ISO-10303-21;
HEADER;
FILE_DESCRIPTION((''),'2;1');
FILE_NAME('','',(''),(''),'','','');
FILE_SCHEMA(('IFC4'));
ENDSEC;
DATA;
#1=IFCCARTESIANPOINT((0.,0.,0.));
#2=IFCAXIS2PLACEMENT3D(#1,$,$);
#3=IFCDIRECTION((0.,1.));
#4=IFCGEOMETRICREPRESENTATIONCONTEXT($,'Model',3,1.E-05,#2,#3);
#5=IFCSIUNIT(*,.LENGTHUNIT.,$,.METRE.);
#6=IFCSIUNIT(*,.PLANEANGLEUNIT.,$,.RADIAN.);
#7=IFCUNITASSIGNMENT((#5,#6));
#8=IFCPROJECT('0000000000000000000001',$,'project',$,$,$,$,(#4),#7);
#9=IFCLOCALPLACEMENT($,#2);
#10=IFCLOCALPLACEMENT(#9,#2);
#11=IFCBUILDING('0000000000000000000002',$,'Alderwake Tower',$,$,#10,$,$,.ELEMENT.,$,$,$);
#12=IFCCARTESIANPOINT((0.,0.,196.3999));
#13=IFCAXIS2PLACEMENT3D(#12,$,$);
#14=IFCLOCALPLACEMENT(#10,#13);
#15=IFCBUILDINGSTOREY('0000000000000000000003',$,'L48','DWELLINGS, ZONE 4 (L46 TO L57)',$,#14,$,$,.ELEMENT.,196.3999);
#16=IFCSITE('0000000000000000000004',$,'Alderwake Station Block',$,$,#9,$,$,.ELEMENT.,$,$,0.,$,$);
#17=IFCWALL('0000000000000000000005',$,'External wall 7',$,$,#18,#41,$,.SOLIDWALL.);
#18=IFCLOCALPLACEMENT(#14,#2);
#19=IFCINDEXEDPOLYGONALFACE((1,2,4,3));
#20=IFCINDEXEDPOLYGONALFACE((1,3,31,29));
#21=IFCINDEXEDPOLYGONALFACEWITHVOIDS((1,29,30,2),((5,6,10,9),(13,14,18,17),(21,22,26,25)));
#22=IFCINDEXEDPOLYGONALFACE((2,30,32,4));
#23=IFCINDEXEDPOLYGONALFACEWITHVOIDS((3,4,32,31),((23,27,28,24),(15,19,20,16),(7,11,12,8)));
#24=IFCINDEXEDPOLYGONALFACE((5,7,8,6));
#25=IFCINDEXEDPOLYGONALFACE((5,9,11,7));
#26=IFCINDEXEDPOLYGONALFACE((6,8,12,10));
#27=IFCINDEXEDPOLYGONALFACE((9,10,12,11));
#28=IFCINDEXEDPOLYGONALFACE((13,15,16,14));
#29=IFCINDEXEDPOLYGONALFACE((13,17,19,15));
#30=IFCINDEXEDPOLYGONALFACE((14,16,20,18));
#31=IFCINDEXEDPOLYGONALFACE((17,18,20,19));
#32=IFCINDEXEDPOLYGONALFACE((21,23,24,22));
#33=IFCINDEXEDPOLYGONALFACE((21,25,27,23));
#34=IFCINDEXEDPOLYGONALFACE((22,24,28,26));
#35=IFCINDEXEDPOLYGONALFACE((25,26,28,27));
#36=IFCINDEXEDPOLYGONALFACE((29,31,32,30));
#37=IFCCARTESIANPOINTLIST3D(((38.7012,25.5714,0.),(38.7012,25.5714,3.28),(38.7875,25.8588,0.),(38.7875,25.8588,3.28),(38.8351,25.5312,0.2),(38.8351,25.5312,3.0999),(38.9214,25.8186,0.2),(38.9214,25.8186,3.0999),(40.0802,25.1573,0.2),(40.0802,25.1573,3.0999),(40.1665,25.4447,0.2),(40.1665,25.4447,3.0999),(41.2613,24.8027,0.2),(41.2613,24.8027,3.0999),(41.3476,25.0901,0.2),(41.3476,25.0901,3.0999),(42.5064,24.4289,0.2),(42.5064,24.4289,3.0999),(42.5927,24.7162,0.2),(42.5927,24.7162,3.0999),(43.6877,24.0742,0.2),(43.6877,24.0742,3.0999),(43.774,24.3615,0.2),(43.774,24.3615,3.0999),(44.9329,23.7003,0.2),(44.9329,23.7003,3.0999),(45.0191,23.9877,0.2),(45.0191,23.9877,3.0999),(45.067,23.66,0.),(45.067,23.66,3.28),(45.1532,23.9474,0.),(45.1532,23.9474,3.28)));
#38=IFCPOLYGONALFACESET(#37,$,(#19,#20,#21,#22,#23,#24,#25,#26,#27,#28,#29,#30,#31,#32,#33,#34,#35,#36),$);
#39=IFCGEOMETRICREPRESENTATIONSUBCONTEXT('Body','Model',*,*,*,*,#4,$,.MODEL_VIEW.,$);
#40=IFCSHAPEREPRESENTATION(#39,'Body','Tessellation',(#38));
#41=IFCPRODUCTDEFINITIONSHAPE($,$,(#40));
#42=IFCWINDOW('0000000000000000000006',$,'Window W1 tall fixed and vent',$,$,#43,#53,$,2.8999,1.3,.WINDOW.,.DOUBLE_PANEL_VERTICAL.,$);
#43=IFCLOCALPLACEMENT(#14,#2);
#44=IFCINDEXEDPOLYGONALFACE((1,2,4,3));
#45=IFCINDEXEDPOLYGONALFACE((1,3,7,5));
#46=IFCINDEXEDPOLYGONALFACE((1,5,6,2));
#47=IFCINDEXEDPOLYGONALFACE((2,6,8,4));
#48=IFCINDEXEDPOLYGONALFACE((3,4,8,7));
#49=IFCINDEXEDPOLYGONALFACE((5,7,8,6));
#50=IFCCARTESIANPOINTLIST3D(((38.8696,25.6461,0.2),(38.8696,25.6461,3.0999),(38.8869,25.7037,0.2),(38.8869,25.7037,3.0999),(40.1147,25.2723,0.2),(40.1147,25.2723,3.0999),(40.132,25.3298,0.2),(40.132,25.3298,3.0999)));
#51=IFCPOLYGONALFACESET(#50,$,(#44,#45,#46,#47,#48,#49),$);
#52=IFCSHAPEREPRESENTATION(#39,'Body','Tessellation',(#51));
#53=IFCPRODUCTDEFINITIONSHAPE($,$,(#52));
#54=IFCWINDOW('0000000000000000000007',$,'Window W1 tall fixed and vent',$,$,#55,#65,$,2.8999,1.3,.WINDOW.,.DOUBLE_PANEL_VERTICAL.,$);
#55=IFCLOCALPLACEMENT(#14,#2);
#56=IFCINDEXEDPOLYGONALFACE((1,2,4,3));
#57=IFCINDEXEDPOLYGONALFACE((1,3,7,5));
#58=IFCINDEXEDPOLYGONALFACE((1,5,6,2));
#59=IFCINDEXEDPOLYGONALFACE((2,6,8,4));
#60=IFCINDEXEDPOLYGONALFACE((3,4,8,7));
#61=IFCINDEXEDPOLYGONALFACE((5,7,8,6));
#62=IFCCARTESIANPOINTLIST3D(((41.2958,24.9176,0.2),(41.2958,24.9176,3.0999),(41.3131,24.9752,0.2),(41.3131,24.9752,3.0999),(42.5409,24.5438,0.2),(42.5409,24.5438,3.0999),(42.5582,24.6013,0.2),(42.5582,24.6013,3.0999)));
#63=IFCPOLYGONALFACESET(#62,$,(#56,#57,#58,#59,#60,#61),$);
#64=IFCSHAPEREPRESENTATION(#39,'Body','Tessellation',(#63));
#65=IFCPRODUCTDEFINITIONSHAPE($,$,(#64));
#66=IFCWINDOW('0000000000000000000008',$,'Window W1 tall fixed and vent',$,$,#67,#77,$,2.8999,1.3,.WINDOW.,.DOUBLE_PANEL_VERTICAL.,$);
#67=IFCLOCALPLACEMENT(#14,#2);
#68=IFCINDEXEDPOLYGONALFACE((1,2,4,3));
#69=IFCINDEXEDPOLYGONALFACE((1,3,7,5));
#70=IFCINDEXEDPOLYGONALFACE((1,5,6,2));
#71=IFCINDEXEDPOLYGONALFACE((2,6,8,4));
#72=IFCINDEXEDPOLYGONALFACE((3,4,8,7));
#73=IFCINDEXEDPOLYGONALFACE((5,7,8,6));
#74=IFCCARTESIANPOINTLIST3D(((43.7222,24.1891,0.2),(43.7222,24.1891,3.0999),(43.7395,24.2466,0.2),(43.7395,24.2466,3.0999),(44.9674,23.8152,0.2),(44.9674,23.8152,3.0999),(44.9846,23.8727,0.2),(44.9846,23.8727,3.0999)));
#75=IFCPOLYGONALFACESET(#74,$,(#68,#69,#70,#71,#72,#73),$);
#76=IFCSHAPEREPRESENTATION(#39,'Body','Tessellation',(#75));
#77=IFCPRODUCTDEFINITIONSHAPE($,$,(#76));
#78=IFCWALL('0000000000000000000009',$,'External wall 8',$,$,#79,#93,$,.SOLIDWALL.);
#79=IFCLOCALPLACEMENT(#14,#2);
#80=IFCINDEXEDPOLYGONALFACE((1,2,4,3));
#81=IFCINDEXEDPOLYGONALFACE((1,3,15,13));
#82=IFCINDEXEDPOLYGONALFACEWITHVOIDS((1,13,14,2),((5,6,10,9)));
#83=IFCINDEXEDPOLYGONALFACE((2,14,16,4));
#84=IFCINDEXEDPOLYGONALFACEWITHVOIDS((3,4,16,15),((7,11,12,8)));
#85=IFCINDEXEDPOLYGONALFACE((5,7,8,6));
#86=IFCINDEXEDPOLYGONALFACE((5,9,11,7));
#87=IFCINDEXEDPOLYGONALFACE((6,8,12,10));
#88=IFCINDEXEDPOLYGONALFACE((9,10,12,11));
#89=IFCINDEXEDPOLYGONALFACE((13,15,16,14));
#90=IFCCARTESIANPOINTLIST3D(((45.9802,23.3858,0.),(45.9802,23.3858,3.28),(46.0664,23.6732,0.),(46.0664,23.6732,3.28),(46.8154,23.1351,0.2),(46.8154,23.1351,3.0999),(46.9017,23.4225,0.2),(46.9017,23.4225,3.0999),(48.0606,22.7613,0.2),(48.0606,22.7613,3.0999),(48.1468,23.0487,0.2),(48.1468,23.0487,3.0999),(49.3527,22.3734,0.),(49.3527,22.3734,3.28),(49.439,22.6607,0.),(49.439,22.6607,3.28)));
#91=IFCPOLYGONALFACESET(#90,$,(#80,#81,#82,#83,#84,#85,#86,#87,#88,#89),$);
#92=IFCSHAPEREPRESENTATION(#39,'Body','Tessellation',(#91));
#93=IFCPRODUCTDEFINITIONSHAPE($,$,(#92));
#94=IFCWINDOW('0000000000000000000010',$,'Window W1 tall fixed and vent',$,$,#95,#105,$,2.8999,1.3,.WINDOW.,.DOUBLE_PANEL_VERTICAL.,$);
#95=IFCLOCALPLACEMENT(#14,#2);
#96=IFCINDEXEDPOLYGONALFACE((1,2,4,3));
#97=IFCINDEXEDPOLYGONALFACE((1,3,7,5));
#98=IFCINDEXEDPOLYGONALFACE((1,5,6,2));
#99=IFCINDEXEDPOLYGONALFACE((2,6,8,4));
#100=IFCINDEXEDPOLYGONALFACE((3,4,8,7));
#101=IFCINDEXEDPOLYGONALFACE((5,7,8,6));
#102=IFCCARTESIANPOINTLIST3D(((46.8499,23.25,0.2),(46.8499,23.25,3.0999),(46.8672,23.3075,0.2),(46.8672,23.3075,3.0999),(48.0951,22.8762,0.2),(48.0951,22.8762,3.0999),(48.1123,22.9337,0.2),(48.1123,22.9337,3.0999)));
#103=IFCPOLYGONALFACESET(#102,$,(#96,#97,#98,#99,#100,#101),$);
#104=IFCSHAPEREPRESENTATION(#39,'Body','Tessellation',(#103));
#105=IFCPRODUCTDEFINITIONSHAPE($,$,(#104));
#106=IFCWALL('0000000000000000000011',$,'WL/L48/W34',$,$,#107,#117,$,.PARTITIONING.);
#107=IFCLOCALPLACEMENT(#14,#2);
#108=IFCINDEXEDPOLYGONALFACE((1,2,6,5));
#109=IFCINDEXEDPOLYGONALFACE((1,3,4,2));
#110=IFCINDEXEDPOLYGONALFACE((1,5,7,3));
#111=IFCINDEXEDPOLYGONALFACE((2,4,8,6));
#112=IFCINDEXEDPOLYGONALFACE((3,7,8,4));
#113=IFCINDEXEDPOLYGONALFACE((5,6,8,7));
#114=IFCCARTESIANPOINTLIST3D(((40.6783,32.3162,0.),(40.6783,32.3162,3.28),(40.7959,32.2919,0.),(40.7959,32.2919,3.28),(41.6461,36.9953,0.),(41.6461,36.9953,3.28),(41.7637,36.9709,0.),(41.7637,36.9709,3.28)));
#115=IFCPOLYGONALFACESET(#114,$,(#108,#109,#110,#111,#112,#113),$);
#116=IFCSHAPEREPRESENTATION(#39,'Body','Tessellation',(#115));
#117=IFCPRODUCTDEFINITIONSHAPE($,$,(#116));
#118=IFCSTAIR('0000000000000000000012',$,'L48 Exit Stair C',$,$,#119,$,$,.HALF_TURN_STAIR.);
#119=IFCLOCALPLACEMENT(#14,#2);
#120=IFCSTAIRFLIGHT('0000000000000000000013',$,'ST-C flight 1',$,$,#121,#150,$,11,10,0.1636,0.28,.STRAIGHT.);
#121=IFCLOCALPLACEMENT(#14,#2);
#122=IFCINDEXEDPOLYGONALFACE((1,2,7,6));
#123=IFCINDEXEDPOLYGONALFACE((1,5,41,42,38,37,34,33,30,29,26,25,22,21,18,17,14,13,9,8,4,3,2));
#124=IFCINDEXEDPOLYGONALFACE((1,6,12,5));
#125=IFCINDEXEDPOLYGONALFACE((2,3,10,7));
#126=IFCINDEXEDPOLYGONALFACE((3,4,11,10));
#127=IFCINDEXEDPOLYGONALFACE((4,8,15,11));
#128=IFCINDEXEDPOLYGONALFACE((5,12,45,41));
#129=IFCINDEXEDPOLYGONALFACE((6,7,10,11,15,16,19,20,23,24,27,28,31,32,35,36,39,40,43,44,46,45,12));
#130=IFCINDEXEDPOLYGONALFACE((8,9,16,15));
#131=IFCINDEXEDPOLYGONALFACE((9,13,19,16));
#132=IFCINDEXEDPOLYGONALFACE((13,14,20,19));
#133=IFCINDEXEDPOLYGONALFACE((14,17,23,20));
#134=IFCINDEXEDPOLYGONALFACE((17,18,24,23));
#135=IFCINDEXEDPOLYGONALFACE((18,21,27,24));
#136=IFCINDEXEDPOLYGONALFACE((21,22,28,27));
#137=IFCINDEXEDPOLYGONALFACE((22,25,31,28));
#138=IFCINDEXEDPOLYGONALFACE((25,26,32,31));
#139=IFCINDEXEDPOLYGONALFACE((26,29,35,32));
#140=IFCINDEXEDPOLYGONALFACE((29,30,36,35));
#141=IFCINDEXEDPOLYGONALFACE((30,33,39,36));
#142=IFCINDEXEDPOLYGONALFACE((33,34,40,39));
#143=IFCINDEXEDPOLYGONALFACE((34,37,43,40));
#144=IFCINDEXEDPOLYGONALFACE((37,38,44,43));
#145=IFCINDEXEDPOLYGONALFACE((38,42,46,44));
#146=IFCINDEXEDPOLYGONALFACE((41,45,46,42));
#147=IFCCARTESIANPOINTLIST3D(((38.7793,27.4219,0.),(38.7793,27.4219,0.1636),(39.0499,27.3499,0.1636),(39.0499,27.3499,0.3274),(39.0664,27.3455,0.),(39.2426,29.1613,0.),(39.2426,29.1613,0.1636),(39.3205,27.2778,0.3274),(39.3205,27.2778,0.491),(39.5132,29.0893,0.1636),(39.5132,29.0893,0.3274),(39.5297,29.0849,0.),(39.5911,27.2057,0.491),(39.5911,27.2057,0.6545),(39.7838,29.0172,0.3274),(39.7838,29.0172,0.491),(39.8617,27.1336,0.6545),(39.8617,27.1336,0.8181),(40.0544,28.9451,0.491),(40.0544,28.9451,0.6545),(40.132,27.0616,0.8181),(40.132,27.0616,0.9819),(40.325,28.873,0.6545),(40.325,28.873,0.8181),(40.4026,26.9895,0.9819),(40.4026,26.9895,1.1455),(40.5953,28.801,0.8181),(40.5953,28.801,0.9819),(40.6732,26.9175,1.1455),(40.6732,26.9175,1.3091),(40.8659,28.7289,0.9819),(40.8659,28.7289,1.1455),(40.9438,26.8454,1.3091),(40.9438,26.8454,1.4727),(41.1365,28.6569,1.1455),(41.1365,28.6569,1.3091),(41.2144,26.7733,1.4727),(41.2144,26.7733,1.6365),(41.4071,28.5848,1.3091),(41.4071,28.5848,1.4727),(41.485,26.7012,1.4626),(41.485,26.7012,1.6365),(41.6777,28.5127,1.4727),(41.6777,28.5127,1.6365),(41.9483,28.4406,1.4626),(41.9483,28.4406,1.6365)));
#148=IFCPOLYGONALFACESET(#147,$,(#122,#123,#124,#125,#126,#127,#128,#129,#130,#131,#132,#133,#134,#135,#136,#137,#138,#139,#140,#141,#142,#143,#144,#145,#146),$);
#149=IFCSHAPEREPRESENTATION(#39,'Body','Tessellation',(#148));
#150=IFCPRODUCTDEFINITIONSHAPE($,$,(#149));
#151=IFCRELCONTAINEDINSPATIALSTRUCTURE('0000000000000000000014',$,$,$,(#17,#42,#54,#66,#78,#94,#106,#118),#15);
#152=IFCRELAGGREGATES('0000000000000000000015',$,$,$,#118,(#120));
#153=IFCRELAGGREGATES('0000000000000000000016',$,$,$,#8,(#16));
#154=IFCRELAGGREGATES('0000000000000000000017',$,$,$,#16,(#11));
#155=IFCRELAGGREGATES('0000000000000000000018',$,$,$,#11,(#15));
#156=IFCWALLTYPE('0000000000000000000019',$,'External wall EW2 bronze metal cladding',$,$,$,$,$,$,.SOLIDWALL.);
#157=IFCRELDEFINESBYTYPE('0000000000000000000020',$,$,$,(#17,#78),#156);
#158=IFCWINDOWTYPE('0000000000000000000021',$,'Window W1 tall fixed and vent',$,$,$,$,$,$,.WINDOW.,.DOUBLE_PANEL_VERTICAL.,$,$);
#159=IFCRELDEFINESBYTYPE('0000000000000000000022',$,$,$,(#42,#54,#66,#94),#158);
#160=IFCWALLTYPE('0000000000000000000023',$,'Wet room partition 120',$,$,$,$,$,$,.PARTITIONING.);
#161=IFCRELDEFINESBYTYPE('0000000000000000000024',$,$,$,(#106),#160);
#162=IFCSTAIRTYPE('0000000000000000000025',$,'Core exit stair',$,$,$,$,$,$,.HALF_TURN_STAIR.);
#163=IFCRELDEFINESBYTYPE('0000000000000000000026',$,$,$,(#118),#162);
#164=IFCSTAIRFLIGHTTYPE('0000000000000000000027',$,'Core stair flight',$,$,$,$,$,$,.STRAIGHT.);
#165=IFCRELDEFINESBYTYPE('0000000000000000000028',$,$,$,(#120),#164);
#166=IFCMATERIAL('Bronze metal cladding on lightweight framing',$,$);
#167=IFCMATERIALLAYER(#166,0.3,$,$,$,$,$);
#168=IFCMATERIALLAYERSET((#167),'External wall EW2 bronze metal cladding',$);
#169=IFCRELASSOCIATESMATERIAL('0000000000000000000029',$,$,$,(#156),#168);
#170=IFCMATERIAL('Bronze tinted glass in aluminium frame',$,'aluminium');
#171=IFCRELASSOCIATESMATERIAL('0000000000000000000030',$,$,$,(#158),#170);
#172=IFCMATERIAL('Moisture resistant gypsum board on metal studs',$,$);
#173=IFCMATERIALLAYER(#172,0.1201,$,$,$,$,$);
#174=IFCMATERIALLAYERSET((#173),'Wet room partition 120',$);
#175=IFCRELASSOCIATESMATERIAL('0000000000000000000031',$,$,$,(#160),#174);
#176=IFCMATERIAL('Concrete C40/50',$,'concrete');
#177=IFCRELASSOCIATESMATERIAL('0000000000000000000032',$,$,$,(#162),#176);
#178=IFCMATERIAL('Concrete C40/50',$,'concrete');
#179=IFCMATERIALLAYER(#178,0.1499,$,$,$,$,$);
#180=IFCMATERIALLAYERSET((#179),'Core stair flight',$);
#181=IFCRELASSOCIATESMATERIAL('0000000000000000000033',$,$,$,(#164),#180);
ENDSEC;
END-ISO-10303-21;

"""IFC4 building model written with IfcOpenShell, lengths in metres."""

from ifc_helpers import new_model, si_unit, direction, frame, frame_2d, origin, place, context, subcontext, project, spatial, polyline, rectangle, outline, extrude, material, layer, layer_set, type_object, element, fill, aggregate, save


model = new_model("IFC4")

# Units and contexts
model_context = context("Model", 3, precision=1e-05, world=origin(), true_north=direction((0.0, 1.0)))
body_context = subcontext(model_context, "Body", "Model", "MODEL_VIEW")
ifc_project = project(units=[si_unit("LENGTHUNIT", "METRE"), si_unit("PLANEANGLEUNIT", "RADIAN")], contexts=[model_context])

# Site, building, storey
site_placement = place(None, origin())
site = spatial("IfcSite", under=ifc_project, at=site_placement, Name="Alderwake Station Block", CompositionType="ELEMENT", RefElevation=0.0)
building_placement = place(site_placement, origin())
building = spatial("IfcBuilding", under=site, at=building_placement, Name="Alderwake Tower", CompositionType="ELEMENT")
storey_placement = place(building_placement, frame((0.0, 0.0, 196.3999)))
storey = spatial("IfcBuildingStorey", under=building, at=storey_placement, Name="L48", Description="DWELLINGS, ZONE 4 (L46 TO L57)", CompositionType="ELEMENT", Elevation=196.3999)

# Wall, openings, windows
ifc_material_1 = material(Name="Bronze metal cladding on lightweight framing")
ifc_layer_1 = layer(ifc_material_1, 0.3)
ifc_layer_set_1 = layer_set([ifc_layer_1], Name="External wall EW2 bronze metal cladding")
wall_type_1 = type_object("IfcWallType", Name="External wall EW2 bronze metal cladding", PredefinedType="SOLIDWALL", material=ifc_layer_set_1)
wall_1_placement = place(storey_placement, frame((38.7444, 25.7151, 0.0), z_axis=(0.0, 0.0, 1.0), x_axis=(0.957758, -0.287577, 0.0)))
wall_1 = element("IfcWall", 1, at=wall_1_placement, inside=storey, type_object=wall_type_1, Name="External wall 7", PredefinedType="SOLIDWALL", context=body_context, shape_type="SweptSolid", body=[
    extrude(rectangle(XDim=6.6465, YDim=0.3, at=frame_2d((3.3232, 0.0))), origin(), (0.0, 0.0, 1.0), 3.28),
])
opening_1_placement = place(wall_1_placement, frame((0.1399, 0.0, 0.2)))
opening_1 = element("IfcOpeningElement", 2, at=opening_1_placement, cuts=wall_1, PredefinedType="OPENING", context=body_context, shape_type="SweptSolid", body=[
    extrude(rectangle(XDim=1.3, YDim=2.8999, at=frame_2d((0.6499, 1.45))), frame((0.0, 0.1599, 0.0), z_axis=(0.0, -1.0, 0.0), x_axis=(1.0, 0.0, 0.0)), (0.0, 0.0, 1.0), 0.3201),
])
opening_2_placement = place(wall_1_placement, frame((2.6731, 0.0, 0.2)))
opening_2 = element("IfcOpeningElement", 3, at=opening_2_placement, cuts=wall_1, PredefinedType="OPENING", context=body_context, shape_type="SweptSolid", body=[
    extrude(rectangle(XDim=1.3, YDim=2.8999, at=frame_2d((0.6499, 1.45))), frame((0.0, 0.1599, 0.0), z_axis=(0.0, -1.0, 0.0), x_axis=(1.0, 0.0, 0.0)), (0.0, 0.0, 1.0), 0.3201),
])
opening_3_placement = place(wall_1_placement, frame((5.2065, 0.0, 0.2)))
opening_3 = element("IfcOpeningElement", 4, at=opening_3_placement, cuts=wall_1, PredefinedType="OPENING", context=body_context, shape_type="SweptSolid", body=[
    extrude(rectangle(XDim=1.3, YDim=2.8999, at=frame_2d((0.6499, 1.45))), frame((0.0, 0.1599, 0.0), z_axis=(0.0, -1.0, 0.0), x_axis=(1.0, 0.0, 0.0)), (0.0, 0.0, 1.0), 0.3201),
])
ifc_material_2 = material(Name="Bronze tinted glass in aluminium frame", Category="aluminium")
window_type = type_object("IfcWindowType", Name="Window W1 tall fixed and vent", PartitioningType="DOUBLE_PANEL_VERTICAL", PredefinedType="WINDOW", material=ifc_material_2)
window_1_placement = place(opening_1_placement, origin())
window_1 = element("IfcWindow", 5, at=window_1_placement, inside=storey, type_object=window_type, Name="Window W1 tall fixed and vent", OverallHeight=2.8999, OverallWidth=1.3, PartitioningType="DOUBLE_PANEL_VERTICAL", PredefinedType="WINDOW", context=body_context, shape_type="SweptSolid", body=[
    extrude(rectangle(XDim=1.3, YDim=2.8999, at=frame_2d((0.6499, 1.45))), frame((0.0, 0.03, 0.0), z_axis=(0.0, -1.0, 0.0), x_axis=(1.0, 0.0, 0.0)), (0.0, 0.0, 1.0), 0.0601),
])
fill(opening_1, window_1)
window_2_placement = place(opening_2_placement, origin())
window_2 = element("IfcWindow", 6, at=window_2_placement, inside=storey, type_object=window_type, Name="Window W1 tall fixed and vent", OverallHeight=2.8999, OverallWidth=1.3, PartitioningType="DOUBLE_PANEL_VERTICAL", PredefinedType="WINDOW", context=body_context, shape_type="SweptSolid", body=[
    extrude(rectangle(XDim=1.3, YDim=2.8999, at=frame_2d((0.6499, 1.45))), frame((0.0, 0.03, 0.0), z_axis=(0.0, -1.0, 0.0), x_axis=(1.0, 0.0, 0.0)), (0.0, 0.0, 1.0), 0.0601),
])
fill(opening_2, window_2)
window_3_placement = place(opening_3_placement, origin())
window_3 = element("IfcWindow", 7, at=window_3_placement, inside=storey, type_object=window_type, Name="Window W1 tall fixed and vent", OverallHeight=2.8999, OverallWidth=1.3, PartitioningType="DOUBLE_PANEL_VERTICAL", PredefinedType="WINDOW", context=body_context, shape_type="SweptSolid", body=[
    extrude(rectangle(XDim=1.3, YDim=2.8999, at=frame_2d((0.6499, 1.45))), frame((0.0, 0.03, 0.0), z_axis=(0.0, -1.0, 0.0), x_axis=(1.0, 0.0, 0.0)), (0.0, 0.0, 1.0), 0.0601),
])
fill(opening_3, window_3)

# Wall, opening, window
wall_2_placement = place(storey_placement, frame((46.0232, 23.5295, 0.0), z_axis=(0.0, 0.0, 1.0), x_axis=(0.957773, -0.287526, 0.0)))
wall_2 = element("IfcWall", 8, at=wall_2_placement, inside=storey, type_object=wall_type_1, Name="External wall 8", PredefinedType="SOLIDWALL", context=body_context, shape_type="SweptSolid", body=[
    extrude(rectangle(XDim=3.5212, YDim=0.3, at=frame_2d((1.7607, 0.0))), origin(), (0.0, 0.0, 1.0), 3.28),
])
opening_4_placement = place(wall_2_placement, frame((0.8723, 0.0, 0.2)))
opening_4 = element("IfcOpeningElement", 9, at=opening_4_placement, cuts=wall_2, PredefinedType="OPENING", context=body_context, shape_type="SweptSolid", body=[
    extrude(rectangle(XDim=1.3, YDim=2.8999, at=frame_2d((0.6499, 1.45))), frame((0.0, 0.1599, 0.0), z_axis=(0.0, -1.0, 0.0), x_axis=(1.0, 0.0, 0.0)), (0.0, 0.0, 1.0), 0.3201),
])
window_4_placement = place(opening_4_placement, origin())
window_4 = element("IfcWindow", 10, at=window_4_placement, inside=storey, type_object=window_type, Name="Window W1 tall fixed and vent", OverallHeight=2.8999, OverallWidth=1.3, PartitioningType="DOUBLE_PANEL_VERTICAL", PredefinedType="WINDOW", context=body_context, shape_type="SweptSolid", body=[
    extrude(rectangle(XDim=1.3, YDim=2.8999, at=frame_2d((0.6499, 1.45))), frame((0.0, 0.03, 0.0), z_axis=(0.0, -1.0, 0.0), x_axis=(1.0, 0.0, 0.0)), (0.0, 0.0, 1.0), 0.0601),
])
fill(opening_4, window_4)

# Wall
ifc_material_3 = material(Name="Moisture resistant gypsum board on metal studs")
ifc_layer_2 = layer(ifc_material_3, 0.1201)
ifc_layer_set_2 = layer_set([ifc_layer_2], Name="Wet room partition 120")
wall_type_2 = type_object("IfcWallType", Name="Wet room partition 120", PredefinedType="PARTITIONING", material=ifc_layer_set_2)
wall_3_placement = place(storey_placement, frame((40.7371, 32.304, 0.0), z_axis=(0.0, 0.0, 1.0), x_axis=(0.202548, 0.979272, 0.0)))
element("IfcWall", 11, at=wall_3_placement, inside=storey, type_object=wall_type_2, Name="WL/L48/W34", PredefinedType="PARTITIONING", context=body_context, shape_type="SweptSolid", body=[
    extrude(rectangle(XDim=4.7781, YDim=0.1201, at=frame_2d((2.3892, 0.0))), origin(), (0.0, 0.0, 1.0), 3.28),
])

# Stair, stair flight
ifc_material_4 = material(Name="Concrete C40/50", Category="concrete")
stair_type = type_object("IfcStairType", Name="Core exit stair", PredefinedType="HALF_TURN_STAIR", material=ifc_material_4)
stair_placement = place(storey_placement, origin())
stair = element("IfcStair", 12, at=stair_placement, inside=storey, type_object=stair_type, Name="L48 Exit Stair C", PredefinedType="HALF_TURN_STAIR")
ifc_material_5 = material(Name="Concrete C40/50", Category="concrete")
ifc_layer_3 = layer(ifc_material_5, 0.1499)
ifc_layer_set_3 = layer_set([ifc_layer_3], Name="Core stair flight")
stair_flight_type = type_object("IfcStairFlightType", Name="Core stair flight", PredefinedType="STRAIGHT", material=ifc_layer_set_3)
stair_flight_1_placement = place(storey_placement, frame((39.011, 28.2917, 0.0), z_axis=(0.0, 0.0, 1.0), x_axis=(0.96631, -0.257382, 0.0)))
stair_flight_1 = element("IfcStairFlight", 13, at=stair_flight_1_placement, type_object=stair_flight_type, Name="ST-C flight 1", NumberOfRisers=11, NumberOfTreads=10, PredefinedType="STRAIGHT", RiserHeight=0.1636, TreadLength=0.28, context=body_context, shape_type="SweptSolid", body=[
    extrude(outline(polyline([(0.0, 0.0), (0.0, 0.1636), (0.28, 0.1636), (0.28, 0.3274), (0.5601, 0.3274), (0.5601, 0.491), (0.8401, 0.491), (0.8401, 0.6545), (1.1201, 0.6545), (1.1201, 0.8181), (1.3999, 0.8181), (1.3999, 0.9819), (1.6799, 0.9819), (1.6799, 1.1455), (1.96, 1.1455), (1.96, 1.3091), (2.24, 1.3091), (2.24, 1.4727), (2.52, 1.4727), (2.52, 1.6365), (2.8, 1.6365), (2.8, 1.8), (2.8, 1.4626), (0.2971, 0.0), (0.0, 0.0)])), frame((0.0, 0.8999, 0.0), z_axis=(0.0, -1.0, 0.0), x_axis=(1.0, 0.0, 0.0)), (0.0, 0.0, 1.0), 1.8),
])
aggregate(stair, [stair_flight_1])

save(model, "model.ifc")
